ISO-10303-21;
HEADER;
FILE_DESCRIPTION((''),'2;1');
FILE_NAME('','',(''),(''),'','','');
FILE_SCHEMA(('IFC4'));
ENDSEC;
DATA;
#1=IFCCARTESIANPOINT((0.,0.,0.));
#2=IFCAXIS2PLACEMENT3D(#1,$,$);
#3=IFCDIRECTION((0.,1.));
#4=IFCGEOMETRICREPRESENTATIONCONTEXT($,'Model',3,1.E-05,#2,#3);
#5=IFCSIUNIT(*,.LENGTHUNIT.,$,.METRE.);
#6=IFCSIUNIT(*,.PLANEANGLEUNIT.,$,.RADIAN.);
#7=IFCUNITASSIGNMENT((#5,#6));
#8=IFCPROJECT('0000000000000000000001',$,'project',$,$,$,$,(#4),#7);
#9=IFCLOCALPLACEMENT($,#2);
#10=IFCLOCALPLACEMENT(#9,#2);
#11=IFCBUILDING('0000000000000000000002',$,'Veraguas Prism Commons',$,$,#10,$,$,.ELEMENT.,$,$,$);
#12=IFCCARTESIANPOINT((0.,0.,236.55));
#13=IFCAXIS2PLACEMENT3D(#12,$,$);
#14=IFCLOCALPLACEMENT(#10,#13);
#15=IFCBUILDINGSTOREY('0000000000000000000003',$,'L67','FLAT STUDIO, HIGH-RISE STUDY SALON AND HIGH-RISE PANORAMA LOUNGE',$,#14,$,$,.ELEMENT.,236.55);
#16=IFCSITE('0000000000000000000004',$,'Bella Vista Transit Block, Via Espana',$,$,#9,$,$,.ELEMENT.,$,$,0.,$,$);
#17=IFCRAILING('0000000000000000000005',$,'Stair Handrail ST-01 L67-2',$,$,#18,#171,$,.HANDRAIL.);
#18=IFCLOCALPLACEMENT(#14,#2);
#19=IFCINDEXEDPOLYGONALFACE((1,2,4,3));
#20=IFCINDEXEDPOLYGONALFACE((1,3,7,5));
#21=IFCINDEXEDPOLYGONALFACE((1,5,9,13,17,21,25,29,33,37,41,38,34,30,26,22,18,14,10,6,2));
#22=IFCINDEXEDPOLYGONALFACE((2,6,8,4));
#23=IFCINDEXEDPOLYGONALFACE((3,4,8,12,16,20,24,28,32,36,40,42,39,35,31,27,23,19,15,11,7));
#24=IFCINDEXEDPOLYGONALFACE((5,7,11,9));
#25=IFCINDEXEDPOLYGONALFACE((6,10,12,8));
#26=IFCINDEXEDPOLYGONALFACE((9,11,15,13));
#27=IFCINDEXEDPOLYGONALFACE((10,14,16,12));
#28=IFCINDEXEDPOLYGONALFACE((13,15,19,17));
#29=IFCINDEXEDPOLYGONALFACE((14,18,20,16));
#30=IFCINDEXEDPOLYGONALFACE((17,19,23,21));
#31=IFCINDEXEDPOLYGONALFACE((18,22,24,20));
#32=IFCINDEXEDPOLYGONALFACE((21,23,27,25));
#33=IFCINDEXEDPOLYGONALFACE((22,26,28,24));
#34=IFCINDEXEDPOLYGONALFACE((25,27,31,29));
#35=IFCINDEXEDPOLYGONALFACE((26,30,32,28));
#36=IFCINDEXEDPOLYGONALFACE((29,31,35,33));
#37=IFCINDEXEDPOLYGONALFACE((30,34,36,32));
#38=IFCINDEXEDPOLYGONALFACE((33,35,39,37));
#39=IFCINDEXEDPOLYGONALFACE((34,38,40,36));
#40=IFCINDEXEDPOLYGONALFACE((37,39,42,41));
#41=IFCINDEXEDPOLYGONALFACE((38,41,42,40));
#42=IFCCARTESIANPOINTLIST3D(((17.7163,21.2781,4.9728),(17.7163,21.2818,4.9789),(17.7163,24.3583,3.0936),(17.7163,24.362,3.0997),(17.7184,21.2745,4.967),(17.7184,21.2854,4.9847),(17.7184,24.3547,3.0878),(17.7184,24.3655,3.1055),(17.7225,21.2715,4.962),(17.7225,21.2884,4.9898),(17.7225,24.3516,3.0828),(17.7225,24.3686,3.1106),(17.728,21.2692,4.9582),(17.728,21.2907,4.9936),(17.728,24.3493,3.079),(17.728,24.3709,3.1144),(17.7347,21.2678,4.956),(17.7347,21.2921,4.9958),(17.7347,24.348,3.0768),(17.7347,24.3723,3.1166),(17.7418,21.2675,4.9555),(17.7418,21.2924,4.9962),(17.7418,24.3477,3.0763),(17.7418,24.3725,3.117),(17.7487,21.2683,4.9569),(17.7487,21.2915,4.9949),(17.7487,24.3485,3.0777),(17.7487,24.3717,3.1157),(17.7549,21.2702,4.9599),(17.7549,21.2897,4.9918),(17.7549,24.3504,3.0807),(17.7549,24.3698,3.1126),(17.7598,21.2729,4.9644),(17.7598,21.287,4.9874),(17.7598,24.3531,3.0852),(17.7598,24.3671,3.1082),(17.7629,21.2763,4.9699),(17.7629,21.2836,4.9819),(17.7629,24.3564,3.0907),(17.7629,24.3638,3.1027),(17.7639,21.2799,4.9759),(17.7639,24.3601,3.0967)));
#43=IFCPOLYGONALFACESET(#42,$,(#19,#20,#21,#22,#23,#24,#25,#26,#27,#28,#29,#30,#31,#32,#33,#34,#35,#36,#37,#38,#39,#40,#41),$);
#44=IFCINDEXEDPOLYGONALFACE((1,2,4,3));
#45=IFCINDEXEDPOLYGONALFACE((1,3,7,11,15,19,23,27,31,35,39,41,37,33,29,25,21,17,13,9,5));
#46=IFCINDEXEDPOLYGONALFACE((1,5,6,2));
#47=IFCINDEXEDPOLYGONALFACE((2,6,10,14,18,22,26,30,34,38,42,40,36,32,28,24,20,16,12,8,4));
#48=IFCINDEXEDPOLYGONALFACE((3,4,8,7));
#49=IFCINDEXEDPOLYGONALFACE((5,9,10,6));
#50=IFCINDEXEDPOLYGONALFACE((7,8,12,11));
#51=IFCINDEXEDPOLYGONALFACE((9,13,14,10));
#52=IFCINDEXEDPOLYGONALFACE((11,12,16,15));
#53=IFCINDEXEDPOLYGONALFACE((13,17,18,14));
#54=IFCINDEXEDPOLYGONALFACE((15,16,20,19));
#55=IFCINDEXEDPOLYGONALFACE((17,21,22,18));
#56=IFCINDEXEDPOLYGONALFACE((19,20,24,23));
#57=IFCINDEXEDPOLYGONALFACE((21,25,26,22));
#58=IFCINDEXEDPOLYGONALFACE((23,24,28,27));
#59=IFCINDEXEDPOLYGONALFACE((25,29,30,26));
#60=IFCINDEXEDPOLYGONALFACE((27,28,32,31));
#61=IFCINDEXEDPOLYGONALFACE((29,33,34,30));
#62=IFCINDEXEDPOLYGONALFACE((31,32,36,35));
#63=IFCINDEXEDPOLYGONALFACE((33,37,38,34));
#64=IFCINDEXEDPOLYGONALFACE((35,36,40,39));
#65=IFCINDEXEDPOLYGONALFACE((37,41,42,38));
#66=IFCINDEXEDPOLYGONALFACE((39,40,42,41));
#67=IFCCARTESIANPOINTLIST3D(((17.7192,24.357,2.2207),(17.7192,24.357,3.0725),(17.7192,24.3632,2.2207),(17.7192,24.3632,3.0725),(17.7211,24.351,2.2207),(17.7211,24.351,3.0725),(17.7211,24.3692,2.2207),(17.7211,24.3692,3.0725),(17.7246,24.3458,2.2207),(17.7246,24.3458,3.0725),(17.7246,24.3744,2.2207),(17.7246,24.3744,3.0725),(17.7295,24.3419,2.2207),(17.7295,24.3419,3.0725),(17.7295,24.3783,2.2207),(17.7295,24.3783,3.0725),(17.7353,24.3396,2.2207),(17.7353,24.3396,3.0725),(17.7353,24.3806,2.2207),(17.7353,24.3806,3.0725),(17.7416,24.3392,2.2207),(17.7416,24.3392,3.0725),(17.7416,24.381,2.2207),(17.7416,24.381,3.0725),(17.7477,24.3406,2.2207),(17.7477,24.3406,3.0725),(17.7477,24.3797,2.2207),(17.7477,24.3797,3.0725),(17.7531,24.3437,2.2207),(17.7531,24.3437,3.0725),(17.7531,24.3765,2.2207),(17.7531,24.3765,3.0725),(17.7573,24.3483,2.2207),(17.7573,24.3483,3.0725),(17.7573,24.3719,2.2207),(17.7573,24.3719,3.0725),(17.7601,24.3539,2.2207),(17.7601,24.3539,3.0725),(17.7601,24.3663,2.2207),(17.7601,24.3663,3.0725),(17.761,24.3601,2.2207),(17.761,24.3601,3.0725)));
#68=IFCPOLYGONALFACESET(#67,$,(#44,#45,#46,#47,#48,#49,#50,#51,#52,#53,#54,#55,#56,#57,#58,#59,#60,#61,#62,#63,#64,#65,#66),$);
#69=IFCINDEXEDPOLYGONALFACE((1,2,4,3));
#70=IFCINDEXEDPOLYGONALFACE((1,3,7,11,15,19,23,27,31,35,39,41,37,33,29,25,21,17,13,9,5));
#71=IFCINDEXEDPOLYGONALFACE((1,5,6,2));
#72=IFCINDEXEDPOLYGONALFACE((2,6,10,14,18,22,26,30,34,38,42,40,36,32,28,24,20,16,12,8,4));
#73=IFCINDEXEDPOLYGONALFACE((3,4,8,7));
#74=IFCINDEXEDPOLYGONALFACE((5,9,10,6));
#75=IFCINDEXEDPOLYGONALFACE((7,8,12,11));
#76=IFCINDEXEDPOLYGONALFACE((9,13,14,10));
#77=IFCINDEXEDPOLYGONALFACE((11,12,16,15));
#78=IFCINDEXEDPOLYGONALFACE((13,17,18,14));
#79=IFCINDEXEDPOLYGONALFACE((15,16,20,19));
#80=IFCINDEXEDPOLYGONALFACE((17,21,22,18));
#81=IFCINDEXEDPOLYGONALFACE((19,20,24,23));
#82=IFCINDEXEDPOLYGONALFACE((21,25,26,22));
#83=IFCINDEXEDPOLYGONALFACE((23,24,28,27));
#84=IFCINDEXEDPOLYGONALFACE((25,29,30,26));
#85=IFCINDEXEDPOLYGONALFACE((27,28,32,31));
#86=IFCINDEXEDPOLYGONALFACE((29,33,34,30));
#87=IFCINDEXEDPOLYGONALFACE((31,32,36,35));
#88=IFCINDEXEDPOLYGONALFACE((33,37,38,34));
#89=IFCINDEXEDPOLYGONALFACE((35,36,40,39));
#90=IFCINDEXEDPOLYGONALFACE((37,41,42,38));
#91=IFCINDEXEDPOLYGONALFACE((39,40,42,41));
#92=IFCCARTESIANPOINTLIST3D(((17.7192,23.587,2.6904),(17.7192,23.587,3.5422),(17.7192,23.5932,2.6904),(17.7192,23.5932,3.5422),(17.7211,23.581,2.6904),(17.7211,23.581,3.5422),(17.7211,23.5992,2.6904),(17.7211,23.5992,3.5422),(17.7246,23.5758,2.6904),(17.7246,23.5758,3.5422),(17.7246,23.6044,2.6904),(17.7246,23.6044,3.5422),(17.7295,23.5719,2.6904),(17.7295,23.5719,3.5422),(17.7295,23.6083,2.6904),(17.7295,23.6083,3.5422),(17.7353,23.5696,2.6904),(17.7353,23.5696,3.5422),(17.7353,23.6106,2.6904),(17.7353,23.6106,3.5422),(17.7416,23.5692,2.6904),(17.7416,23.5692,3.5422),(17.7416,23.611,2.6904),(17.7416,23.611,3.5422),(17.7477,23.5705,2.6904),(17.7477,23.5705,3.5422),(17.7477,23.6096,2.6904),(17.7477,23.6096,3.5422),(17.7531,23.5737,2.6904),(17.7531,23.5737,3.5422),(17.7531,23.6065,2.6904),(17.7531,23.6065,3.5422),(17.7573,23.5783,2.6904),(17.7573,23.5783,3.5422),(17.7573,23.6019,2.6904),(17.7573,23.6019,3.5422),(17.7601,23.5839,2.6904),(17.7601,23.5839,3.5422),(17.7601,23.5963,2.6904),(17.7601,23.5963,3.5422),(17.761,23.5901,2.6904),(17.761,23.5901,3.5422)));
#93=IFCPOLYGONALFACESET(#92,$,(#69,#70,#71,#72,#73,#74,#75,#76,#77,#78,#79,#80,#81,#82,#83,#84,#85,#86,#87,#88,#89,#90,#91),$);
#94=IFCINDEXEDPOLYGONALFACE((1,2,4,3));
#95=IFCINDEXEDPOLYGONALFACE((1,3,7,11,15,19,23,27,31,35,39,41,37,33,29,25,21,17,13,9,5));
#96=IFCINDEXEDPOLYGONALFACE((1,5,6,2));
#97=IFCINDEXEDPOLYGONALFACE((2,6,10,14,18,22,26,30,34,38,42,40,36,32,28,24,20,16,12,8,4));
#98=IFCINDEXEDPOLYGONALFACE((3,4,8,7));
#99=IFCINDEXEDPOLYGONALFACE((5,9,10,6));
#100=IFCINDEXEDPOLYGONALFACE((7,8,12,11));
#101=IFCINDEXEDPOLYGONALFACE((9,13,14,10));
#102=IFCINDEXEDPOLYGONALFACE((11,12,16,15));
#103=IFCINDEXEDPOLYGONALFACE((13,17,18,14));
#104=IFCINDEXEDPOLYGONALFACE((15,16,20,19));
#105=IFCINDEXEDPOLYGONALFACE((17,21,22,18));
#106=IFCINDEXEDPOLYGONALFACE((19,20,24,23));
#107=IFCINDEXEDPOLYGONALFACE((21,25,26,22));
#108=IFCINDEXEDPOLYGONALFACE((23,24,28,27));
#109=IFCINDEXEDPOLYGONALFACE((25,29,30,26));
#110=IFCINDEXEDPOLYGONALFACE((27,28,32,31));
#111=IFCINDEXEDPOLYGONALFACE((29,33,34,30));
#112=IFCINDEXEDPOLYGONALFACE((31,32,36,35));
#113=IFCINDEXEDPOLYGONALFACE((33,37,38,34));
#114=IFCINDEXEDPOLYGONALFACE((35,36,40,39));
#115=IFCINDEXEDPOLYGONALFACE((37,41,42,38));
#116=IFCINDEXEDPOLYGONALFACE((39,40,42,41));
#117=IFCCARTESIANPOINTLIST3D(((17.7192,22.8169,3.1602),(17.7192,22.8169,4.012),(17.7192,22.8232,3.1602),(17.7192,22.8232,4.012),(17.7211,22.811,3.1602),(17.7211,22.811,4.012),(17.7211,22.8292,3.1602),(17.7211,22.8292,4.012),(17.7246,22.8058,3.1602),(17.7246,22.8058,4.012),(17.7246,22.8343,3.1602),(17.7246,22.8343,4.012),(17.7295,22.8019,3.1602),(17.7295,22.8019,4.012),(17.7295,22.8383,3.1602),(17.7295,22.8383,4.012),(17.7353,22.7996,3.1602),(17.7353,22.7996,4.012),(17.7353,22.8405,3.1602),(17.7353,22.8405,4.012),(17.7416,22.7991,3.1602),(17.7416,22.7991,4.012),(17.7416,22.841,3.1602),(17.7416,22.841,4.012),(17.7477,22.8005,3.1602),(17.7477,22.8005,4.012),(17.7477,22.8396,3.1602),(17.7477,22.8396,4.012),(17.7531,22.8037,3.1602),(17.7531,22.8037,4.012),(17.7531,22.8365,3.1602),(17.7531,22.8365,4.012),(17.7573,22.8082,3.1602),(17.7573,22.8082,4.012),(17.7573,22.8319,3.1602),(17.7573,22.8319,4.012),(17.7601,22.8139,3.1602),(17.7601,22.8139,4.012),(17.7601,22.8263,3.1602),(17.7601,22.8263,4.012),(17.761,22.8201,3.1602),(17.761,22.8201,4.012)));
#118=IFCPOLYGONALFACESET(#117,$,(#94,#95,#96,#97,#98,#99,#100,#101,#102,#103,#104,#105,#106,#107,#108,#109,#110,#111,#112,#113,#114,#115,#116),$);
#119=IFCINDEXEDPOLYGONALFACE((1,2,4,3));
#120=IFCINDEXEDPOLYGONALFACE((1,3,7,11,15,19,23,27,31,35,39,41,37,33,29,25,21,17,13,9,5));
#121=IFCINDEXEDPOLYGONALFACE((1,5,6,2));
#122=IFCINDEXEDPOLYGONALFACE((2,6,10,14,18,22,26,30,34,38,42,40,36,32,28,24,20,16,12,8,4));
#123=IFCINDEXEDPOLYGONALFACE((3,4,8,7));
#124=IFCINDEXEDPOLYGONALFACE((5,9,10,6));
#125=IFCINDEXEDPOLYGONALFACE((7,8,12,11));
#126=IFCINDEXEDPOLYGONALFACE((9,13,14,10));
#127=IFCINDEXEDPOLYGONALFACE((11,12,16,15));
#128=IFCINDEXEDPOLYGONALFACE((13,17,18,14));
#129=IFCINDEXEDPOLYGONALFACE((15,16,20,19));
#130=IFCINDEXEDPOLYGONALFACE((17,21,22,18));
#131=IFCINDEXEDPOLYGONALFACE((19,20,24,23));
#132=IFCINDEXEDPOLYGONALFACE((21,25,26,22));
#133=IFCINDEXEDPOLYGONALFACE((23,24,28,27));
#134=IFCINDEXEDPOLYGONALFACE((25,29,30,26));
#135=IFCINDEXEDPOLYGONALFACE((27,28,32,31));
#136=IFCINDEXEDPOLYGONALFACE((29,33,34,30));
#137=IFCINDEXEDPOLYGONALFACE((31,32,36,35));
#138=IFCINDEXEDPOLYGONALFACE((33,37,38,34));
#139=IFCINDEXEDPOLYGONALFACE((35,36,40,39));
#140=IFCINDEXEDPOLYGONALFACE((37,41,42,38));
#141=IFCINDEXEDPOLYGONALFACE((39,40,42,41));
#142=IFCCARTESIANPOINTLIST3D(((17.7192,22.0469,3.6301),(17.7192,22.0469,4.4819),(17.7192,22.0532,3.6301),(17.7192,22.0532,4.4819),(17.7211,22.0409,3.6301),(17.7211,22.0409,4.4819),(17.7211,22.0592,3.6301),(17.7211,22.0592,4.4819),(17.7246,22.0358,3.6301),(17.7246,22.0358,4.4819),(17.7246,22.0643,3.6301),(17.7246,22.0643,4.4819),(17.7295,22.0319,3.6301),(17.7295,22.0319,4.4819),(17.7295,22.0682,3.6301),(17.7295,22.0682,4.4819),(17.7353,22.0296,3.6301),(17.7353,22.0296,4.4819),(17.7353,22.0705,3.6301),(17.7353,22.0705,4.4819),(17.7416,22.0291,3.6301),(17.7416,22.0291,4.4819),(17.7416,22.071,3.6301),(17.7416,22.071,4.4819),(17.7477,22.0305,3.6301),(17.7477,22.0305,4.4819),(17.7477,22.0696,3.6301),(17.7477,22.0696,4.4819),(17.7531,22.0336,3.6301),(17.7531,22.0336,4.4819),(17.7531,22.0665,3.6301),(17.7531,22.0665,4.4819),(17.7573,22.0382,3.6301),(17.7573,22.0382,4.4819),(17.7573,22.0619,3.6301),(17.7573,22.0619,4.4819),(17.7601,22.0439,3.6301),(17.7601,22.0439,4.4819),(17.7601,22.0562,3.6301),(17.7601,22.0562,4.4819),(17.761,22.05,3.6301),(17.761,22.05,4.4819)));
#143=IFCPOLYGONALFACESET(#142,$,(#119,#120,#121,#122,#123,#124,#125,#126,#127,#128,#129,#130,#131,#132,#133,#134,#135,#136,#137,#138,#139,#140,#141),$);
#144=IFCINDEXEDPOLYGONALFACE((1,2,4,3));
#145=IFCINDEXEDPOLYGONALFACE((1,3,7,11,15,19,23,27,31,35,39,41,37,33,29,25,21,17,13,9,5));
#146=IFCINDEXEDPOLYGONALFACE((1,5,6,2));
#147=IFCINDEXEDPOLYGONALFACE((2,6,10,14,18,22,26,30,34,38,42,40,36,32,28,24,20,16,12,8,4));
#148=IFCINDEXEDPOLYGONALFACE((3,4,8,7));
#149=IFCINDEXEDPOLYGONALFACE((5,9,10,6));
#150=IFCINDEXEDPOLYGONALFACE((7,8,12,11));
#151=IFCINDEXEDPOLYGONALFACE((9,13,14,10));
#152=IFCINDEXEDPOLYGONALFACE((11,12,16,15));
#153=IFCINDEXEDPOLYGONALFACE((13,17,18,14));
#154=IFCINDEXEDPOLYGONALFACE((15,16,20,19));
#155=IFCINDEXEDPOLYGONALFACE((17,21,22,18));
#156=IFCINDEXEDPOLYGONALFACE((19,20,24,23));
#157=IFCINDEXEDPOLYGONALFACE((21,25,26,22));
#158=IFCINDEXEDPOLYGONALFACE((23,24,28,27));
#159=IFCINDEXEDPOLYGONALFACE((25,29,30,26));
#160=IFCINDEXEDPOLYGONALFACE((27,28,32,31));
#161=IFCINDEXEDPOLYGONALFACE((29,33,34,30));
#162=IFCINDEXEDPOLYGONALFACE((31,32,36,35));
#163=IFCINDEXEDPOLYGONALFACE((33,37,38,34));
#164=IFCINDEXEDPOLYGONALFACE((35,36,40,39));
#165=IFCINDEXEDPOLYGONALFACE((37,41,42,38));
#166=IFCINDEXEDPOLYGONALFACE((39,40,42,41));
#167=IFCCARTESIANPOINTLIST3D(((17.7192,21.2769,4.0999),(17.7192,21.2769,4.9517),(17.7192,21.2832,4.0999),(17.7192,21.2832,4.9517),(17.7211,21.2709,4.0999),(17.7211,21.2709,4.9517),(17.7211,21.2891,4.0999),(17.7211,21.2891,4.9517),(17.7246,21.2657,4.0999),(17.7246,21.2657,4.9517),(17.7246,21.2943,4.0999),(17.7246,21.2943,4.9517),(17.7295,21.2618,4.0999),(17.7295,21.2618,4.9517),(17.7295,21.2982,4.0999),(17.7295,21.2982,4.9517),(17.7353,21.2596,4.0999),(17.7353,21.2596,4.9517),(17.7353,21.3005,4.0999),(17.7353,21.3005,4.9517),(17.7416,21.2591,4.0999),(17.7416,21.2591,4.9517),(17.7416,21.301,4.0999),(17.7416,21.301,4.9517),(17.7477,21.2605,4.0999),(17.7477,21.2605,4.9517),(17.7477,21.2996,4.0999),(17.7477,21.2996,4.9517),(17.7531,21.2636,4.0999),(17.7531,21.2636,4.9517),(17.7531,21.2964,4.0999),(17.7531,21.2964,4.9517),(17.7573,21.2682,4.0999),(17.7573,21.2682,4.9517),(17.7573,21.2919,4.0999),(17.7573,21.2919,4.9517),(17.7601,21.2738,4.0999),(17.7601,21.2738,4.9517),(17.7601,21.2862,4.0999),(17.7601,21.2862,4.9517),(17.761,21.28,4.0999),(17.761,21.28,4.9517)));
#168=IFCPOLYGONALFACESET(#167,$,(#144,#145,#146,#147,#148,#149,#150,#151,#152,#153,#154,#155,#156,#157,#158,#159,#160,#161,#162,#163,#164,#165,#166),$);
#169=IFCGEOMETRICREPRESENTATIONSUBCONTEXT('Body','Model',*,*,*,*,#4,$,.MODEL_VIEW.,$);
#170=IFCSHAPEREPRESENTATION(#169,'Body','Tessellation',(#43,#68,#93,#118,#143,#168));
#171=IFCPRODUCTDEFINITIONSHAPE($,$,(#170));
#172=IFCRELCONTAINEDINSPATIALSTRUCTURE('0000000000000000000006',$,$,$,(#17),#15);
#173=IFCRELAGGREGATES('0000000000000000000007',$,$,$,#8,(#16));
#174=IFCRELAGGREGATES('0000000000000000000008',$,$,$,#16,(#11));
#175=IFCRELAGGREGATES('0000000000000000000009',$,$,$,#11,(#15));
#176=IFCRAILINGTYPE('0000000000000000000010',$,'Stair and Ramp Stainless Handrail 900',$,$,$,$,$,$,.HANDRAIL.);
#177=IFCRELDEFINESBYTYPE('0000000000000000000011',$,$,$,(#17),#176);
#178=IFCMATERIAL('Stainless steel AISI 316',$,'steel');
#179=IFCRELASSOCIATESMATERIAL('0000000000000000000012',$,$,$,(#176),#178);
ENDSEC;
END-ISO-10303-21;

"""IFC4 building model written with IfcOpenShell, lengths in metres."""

from ifc_helpers import new_model, si_unit, direction, frame, origin, origin_2d, place, context, subcontext, project, spatial, circle, extrude, material, type_object, element, save


model = new_model("IFC4")

# Units and contexts
model_context = context("Model", 3, precision=1e-05, world=origin(), true_north=direction((0.0, 1.0)))
body_context = subcontext(model_context, "Body", "Model", "MODEL_VIEW")
ifc_project = project(units=[si_unit("LENGTHUNIT", "METRE"), si_unit("PLANEANGLEUNIT", "RADIAN")], contexts=[model_context])

# Site, building, storey
site_placement = place(None, origin())
site = spatial("IfcSite", under=ifc_project, at=site_placement, Name="Bella Vista Transit Block, Via Espana", CompositionType="ELEMENT", RefElevation=0.0)
building_placement = place(site_placement, origin())
building = spatial("IfcBuilding", under=site, at=building_placement, Name="Veraguas Prism Commons", CompositionType="ELEMENT")
storey_placement = place(building_placement, frame((0.0, 0.0, 236.55)))
storey = spatial("IfcBuildingStorey", under=building, at=storey_placement, Name="L67", Description="FLAT STUDIO, HIGH-RISE STUDY SALON AND HIGH-RISE PANORAMA LOUNGE", CompositionType="ELEMENT", Elevation=236.55)

# Railing
ifc_material_1 = material(Name="Stainless steel AISI 316", Category="steel")
railing_type_1 = type_object("IfcRailingType", Name="Stair and Ramp Stainless Handrail 900", PredefinedType="HANDRAIL", material=ifc_material_1)
railing_1_placement = place(storey_placement, frame((17.74, 24.3601, 2.2207)))
element("IfcRailing", 1, at=railing_1_placement, inside=storey, type_object=railing_type_1, Name="Stair Handrail ST-01 L67-2", PredefinedType="HANDRAIL", context=body_context, shape_type="SweptSolid", body=[
    extrude(circle(Radius=0.0239, at=origin_2d()), frame((0.0, 0.0, 0.876), z_axis=(0.0, -0.853666, 0.52082), x_axis=(1.0, 0.0, 0.0)), (0.0, 0.0, 1.0), 3.6082),
    extrude(circle(Radius=0.021, at=origin_2d()), origin(), (0.0, 0.0, 1.0), 0.8518),
    extrude(circle(Radius=0.021, at=origin_2d()), frame((0.0, -0.77, 0.4697)), (0.0, 0.0, 1.0), 0.8518),
    extrude(circle(Radius=0.021, at=origin_2d()), frame((0.0, -1.54, 0.9395)), (0.0, 0.0, 1.0), 0.8518),
    extrude(circle(Radius=0.021, at=origin_2d()), frame((0.0, -2.3101, 1.4094)), (0.0, 0.0, 1.0), 0.8518),
    extrude(circle(Radius=0.021, at=origin_2d()), frame((0.0, -3.0801, 1.8792)), (0.0, 0.0, 1.0), 0.8518),
])

save(model, "model.ifc")
